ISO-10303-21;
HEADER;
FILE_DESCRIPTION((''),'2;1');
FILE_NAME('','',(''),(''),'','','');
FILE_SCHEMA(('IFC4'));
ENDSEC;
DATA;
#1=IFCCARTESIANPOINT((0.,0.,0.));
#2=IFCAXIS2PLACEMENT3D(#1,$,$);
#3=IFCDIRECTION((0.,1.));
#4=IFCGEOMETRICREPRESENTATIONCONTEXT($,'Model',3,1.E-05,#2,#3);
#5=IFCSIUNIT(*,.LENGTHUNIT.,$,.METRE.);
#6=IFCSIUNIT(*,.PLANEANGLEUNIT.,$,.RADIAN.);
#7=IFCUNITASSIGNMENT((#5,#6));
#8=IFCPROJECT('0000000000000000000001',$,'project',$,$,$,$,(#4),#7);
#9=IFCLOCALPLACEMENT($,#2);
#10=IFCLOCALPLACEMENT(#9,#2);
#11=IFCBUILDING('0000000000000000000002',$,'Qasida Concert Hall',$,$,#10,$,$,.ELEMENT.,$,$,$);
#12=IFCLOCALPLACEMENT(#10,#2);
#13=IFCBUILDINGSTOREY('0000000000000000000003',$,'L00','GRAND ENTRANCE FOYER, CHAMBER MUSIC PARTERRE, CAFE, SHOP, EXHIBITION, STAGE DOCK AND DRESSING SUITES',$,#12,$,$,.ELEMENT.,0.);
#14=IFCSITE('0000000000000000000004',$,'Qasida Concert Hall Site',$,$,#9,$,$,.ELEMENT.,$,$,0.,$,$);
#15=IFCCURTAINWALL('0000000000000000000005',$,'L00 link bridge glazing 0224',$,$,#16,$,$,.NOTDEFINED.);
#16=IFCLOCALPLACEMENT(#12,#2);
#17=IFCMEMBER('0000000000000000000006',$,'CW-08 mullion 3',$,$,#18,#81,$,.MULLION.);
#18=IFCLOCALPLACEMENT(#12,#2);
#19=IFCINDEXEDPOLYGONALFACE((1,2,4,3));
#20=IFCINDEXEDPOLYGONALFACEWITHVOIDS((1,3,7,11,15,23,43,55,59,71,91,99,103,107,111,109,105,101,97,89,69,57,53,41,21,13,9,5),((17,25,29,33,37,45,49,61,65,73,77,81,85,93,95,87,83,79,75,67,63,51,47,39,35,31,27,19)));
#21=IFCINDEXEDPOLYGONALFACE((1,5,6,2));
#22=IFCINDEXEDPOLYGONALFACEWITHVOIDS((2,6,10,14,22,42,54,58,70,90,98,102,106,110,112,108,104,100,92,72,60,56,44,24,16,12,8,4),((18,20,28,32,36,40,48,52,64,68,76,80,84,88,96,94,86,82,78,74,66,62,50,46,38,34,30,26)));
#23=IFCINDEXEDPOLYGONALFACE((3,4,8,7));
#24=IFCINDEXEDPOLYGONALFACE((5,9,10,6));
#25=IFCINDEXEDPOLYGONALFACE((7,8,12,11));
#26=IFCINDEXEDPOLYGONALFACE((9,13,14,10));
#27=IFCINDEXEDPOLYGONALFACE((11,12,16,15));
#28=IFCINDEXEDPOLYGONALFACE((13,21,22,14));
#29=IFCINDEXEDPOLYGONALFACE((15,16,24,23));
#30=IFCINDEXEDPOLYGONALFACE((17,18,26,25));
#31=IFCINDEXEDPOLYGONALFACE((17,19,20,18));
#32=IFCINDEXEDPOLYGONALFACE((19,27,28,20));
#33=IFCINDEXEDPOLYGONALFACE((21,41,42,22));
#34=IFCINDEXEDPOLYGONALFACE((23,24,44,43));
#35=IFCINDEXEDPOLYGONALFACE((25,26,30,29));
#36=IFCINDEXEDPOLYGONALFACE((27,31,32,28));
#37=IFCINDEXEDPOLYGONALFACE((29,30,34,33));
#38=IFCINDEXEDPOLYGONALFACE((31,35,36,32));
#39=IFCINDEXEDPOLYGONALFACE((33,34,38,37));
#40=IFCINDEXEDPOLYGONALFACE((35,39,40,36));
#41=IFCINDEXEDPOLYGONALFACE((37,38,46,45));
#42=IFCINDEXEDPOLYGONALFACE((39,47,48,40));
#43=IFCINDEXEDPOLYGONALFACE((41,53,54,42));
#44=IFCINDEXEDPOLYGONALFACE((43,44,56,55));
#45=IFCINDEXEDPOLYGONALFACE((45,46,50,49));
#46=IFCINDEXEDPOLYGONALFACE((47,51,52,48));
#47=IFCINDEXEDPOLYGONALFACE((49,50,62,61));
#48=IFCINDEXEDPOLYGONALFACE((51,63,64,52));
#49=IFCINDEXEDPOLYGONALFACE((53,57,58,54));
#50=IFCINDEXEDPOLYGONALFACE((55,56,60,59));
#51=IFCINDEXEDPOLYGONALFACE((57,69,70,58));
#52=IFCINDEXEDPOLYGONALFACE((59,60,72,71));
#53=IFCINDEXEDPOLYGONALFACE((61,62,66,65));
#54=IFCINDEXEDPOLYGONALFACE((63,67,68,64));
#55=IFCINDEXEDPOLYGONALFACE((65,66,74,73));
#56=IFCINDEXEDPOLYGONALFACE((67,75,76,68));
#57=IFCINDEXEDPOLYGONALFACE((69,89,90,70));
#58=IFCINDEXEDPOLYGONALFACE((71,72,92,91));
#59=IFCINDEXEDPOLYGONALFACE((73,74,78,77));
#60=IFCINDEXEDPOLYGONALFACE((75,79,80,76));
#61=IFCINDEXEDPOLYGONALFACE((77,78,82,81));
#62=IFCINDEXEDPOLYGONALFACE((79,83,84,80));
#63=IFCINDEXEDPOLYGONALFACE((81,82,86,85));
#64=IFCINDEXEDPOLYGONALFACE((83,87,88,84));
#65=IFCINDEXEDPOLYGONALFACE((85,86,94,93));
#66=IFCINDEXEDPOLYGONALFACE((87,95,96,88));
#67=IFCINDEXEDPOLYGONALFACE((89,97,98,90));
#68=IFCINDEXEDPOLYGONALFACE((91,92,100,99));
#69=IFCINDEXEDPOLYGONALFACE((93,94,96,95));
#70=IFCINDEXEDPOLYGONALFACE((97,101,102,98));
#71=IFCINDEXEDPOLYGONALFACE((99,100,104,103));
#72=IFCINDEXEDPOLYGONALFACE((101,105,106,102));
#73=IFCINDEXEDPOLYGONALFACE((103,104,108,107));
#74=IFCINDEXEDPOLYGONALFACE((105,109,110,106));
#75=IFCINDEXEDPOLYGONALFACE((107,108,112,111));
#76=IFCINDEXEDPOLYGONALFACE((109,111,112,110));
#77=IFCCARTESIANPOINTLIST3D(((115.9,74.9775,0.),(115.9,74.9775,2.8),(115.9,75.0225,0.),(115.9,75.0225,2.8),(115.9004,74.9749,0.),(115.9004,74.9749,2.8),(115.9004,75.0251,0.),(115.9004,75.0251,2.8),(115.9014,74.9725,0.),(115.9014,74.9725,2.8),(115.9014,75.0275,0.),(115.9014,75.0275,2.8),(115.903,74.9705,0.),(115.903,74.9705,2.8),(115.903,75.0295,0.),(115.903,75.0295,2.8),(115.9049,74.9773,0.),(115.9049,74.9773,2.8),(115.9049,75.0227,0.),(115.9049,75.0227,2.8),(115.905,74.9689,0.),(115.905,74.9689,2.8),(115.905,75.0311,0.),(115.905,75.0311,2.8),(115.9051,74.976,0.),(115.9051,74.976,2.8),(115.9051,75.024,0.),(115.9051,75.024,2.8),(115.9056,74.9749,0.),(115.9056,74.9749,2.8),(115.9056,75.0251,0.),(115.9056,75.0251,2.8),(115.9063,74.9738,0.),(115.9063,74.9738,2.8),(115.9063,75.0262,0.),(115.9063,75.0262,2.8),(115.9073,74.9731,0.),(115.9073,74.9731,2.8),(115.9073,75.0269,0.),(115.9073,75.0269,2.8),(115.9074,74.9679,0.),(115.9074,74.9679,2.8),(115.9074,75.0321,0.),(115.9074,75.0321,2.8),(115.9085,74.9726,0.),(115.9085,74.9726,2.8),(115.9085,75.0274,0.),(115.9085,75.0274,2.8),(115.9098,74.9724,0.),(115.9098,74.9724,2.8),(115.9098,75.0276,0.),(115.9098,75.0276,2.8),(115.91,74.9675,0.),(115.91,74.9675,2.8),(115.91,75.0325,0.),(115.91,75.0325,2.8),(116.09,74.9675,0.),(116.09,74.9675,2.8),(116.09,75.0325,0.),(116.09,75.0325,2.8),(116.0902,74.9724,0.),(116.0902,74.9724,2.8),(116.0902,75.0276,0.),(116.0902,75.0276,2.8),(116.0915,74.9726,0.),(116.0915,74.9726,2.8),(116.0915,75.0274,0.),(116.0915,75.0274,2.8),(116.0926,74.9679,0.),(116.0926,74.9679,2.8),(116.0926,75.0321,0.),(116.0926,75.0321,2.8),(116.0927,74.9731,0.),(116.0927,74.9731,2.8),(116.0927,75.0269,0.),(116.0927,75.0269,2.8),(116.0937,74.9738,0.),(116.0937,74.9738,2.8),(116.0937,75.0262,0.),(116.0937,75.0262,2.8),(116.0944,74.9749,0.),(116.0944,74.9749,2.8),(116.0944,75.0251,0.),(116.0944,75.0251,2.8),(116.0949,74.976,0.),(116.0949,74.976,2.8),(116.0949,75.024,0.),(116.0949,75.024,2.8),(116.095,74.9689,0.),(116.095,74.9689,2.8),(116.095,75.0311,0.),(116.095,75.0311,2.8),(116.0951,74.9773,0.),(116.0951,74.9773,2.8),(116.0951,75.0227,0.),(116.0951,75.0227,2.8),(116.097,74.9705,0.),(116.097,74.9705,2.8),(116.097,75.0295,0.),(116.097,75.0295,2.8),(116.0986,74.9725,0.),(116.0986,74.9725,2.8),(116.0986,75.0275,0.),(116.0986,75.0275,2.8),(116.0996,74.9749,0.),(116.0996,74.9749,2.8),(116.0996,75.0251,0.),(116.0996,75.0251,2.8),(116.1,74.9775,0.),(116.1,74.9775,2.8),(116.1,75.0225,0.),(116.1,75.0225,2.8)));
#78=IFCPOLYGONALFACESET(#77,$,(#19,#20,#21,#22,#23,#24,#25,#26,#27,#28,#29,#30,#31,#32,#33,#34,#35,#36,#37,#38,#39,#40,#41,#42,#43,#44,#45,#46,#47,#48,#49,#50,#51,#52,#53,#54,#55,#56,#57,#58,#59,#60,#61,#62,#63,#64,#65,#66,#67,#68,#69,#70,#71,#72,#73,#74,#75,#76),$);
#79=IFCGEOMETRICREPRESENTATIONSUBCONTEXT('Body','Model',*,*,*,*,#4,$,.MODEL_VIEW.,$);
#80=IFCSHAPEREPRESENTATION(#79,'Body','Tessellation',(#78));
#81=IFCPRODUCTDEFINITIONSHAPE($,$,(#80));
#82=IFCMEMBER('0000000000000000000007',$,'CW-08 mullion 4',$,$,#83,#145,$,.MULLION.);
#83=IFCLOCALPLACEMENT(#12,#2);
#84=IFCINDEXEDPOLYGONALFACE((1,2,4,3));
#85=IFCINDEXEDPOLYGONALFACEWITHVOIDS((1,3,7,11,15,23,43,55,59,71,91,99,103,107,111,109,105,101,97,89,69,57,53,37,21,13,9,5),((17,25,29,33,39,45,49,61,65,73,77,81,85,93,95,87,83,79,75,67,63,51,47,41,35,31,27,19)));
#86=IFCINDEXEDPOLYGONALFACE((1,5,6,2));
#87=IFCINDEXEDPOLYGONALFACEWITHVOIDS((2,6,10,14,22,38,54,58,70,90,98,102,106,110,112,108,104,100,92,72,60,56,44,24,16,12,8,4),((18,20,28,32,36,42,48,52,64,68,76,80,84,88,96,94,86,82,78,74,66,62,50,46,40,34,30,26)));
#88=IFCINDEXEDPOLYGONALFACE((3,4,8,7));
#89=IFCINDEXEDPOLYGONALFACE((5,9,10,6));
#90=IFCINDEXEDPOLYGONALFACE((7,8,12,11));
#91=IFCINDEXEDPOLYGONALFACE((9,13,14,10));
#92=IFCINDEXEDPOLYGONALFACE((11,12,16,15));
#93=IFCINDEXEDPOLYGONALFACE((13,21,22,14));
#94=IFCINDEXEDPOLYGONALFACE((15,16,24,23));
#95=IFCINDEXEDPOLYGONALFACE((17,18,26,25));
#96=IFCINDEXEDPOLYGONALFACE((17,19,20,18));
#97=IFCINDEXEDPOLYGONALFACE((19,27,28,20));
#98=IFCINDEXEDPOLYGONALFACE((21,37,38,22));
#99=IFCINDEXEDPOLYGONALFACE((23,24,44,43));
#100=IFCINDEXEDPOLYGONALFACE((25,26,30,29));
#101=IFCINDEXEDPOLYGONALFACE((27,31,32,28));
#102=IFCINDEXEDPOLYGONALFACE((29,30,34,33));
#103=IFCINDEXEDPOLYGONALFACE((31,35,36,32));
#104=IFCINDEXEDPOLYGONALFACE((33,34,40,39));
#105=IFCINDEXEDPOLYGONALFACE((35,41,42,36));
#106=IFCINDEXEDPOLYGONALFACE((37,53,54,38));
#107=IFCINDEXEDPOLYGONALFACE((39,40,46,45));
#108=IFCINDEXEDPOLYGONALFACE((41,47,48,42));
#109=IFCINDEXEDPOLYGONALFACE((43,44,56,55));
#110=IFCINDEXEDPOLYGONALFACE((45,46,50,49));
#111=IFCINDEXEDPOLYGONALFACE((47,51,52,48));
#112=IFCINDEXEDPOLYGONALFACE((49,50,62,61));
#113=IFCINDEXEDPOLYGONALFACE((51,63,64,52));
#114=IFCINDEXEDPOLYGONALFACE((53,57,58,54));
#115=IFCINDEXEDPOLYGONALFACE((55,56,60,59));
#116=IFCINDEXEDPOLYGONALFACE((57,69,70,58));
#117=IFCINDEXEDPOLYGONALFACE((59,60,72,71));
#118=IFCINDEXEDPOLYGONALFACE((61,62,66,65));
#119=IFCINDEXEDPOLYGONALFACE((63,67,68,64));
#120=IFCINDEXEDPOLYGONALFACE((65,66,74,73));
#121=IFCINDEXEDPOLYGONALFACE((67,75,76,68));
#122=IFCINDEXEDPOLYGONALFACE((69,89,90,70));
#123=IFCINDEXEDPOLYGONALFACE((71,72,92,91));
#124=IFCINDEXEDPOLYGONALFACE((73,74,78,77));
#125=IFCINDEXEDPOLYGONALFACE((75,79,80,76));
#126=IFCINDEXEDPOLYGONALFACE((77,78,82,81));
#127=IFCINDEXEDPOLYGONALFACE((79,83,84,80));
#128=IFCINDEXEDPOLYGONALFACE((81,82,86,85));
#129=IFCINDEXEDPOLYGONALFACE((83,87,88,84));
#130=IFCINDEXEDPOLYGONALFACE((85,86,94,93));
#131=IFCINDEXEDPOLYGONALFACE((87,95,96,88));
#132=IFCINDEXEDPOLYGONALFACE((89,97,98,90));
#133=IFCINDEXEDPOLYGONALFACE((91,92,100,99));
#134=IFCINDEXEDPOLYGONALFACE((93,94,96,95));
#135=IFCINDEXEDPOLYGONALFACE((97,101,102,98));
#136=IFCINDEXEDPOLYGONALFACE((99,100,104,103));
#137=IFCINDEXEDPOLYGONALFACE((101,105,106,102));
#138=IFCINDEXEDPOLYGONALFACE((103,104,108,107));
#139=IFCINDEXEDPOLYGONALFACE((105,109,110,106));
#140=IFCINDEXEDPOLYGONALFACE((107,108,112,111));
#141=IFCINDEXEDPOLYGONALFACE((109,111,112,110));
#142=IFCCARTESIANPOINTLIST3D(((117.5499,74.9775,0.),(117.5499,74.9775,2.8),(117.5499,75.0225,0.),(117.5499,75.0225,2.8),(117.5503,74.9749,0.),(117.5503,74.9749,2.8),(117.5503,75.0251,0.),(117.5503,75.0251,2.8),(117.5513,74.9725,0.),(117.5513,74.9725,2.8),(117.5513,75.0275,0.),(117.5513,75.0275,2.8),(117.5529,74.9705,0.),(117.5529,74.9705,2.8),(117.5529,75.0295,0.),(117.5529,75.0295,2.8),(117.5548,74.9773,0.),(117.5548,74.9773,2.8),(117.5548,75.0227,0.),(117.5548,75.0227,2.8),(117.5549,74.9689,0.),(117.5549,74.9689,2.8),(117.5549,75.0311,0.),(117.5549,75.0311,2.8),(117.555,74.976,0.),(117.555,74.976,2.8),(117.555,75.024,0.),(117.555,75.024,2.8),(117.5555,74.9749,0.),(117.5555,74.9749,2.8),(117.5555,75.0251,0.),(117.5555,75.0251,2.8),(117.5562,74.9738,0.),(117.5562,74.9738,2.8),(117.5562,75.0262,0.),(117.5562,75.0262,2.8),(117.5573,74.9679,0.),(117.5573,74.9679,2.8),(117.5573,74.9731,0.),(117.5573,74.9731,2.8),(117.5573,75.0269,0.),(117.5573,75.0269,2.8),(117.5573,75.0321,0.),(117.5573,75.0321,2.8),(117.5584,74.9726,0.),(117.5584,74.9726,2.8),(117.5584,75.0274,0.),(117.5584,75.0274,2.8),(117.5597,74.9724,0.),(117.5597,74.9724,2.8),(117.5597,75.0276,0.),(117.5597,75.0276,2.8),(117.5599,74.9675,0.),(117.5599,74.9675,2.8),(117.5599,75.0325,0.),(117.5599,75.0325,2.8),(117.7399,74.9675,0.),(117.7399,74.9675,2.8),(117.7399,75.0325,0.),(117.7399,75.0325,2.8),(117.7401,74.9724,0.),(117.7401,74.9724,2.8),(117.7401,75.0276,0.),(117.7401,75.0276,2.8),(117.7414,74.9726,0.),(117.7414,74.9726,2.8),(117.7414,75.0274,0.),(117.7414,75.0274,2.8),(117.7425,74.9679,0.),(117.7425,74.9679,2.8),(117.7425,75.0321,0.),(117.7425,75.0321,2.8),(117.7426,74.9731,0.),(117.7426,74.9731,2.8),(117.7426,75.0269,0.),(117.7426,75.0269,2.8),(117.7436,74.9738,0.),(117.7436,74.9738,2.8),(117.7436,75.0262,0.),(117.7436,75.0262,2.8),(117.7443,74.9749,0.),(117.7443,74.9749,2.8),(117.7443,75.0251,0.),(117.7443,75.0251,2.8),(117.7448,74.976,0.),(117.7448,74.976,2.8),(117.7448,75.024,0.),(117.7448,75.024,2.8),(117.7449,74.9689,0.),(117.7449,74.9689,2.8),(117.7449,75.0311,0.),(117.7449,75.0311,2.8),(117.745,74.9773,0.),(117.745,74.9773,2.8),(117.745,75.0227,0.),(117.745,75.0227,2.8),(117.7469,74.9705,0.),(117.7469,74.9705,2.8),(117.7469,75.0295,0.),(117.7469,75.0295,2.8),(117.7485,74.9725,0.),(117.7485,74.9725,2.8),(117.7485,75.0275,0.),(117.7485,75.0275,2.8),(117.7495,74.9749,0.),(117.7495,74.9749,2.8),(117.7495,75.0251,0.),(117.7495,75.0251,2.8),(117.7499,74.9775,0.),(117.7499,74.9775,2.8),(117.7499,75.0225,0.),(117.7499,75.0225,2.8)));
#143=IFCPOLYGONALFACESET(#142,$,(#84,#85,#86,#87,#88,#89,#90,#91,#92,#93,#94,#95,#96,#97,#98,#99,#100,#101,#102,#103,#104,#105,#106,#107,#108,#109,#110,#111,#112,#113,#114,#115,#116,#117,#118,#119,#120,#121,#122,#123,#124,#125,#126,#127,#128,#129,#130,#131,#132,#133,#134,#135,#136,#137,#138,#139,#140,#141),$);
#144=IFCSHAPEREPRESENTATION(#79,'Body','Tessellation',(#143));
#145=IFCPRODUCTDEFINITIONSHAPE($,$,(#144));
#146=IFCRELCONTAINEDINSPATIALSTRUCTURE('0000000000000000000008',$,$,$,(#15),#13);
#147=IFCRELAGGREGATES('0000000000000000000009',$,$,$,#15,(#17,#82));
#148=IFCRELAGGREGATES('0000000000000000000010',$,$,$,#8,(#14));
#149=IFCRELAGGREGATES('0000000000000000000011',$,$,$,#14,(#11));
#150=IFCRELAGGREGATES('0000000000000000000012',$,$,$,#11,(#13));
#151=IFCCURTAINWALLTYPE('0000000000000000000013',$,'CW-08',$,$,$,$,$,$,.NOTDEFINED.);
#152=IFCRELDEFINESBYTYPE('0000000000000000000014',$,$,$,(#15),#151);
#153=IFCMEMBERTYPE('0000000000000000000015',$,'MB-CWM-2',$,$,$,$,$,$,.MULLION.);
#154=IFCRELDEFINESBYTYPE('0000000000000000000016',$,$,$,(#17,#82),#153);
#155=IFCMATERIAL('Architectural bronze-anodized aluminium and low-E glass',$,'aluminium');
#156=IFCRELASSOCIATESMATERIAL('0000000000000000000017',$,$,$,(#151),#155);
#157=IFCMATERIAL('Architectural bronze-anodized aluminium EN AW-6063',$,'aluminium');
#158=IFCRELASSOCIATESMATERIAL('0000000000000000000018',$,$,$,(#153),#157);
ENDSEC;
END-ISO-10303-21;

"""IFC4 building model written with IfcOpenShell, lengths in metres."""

from ifc_helpers import new_model, si_unit, direction, frame, origin, origin_2d, place, context, subcontext, project, spatial, hollow_rectangle, extrude, material, material_profile, profile_set, type_object, element, aggregate, save


model = new_model("IFC4")

# Units and contexts
model_context = context("Model", 3, precision=1e-05, world=origin(), true_north=direction((0.0, 1.0)))
body_context = subcontext(model_context, "Body", "Model", "MODEL_VIEW")
ifc_project = project(units=[si_unit("LENGTHUNIT", "METRE"), si_unit("PLANEANGLEUNIT", "RADIAN")], contexts=[model_context])

# Site, building, storey
site_placement = place(None, origin())
site = spatial("IfcSite", under=ifc_project, at=site_placement, Name="Qasida Concert Hall Site", CompositionType="ELEMENT", RefElevation=0.0)
building_placement = place(site_placement, origin())
building = spatial("IfcBuilding", under=site, at=building_placement, Name="Qasida Concert Hall", CompositionType="ELEMENT")
storey_placement = place(building_placement, origin())
storey = spatial("IfcBuildingStorey", under=building, at=storey_placement, Name="L00", Description="GRAND ENTRANCE FOYER, CHAMBER MUSIC PARTERRE, CAFE, SHOP, EXHIBITION, STAGE DOCK AND DRESSING SUITES", CompositionType="ELEMENT", Elevation=0.0)

# Curtain wall, members
ifc_material_1 = material(Name="Architectural bronze-anodized aluminium and low-E glass", Category="aluminium")
curtain_wall_type = type_object("IfcCurtainWallType", Name="CW-08", PredefinedType="NOTDEFINED", material=ifc_material_1)
curtain_wall_1_placement = place(storey_placement, origin())
curtain_wall_1 = element("IfcCurtainWall", 1, at=curtain_wall_1_placement, inside=storey, type_object=curtain_wall_type, Name="L00 link bridge glazing 0224", PredefinedType="NOTDEFINED")
ifc_material_2 = material(Name="Architectural bronze-anodized aluminium EN AW-6063", Category="aluminium")
ifc_material_profile_1 = material_profile(ifc_material_2, hollow_rectangle(XDim=0.0649, YDim=0.2, WallThickness=0.0049, InnerFilletRadius=0.0049, OuterFilletRadius=0.01, at=origin_2d()), Name="CWM 200x65x5")
ifc_profile_set_1 = profile_set([ifc_material_profile_1], Name="Architectural bronze-anodized aluminium EN AW-6063")
member_type_1 = type_object("IfcMemberType", Name="MB-CWM-2", PredefinedType="MULLION", material=ifc_profile_set_1)
member_1_placement = place(storey_placement, frame((116.0, 75.0, 0.0), z_axis=(0.0, 0.0, 1.0), x_axis=(0.0, 1.0, 0.0)))
member_1 = element("IfcMember", 2, at=member_1_placement, type_object=member_type_1, Name="CW-08 mullion 3", PredefinedType="MULLION", context=body_context, shape_type="SweptSolid", body=[
    extrude(hollow_rectangle(XDim=0.0649, YDim=0.2, WallThickness=0.0049, InnerFilletRadius=0.0049, OuterFilletRadius=0.01, at=origin_2d()), origin(), (0.0, 0.0, 1.0), 2.8),
])
member_2_placement = place(storey_placement, frame((117.6499, 75.0, 0.0), z_axis=(0.0, 0.0, 1.0), x_axis=(0.0, 1.0, 0.0)))
member_2 = element("IfcMember", 3, at=member_2_placement, type_object=member_type_1, Name="CW-08 mullion 4", PredefinedType="MULLION", context=body_context, shape_type="SweptSolid", body=[
    extrude(hollow_rectangle(XDim=0.0649, YDim=0.2, WallThickness=0.0049, InnerFilletRadius=0.0049, OuterFilletRadius=0.01, at=origin_2d()), origin(), (0.0, 0.0, 1.0), 2.8),
])

aggregate(curtain_wall_1, [member_1, member_2])

save(model, "model.ifc")
